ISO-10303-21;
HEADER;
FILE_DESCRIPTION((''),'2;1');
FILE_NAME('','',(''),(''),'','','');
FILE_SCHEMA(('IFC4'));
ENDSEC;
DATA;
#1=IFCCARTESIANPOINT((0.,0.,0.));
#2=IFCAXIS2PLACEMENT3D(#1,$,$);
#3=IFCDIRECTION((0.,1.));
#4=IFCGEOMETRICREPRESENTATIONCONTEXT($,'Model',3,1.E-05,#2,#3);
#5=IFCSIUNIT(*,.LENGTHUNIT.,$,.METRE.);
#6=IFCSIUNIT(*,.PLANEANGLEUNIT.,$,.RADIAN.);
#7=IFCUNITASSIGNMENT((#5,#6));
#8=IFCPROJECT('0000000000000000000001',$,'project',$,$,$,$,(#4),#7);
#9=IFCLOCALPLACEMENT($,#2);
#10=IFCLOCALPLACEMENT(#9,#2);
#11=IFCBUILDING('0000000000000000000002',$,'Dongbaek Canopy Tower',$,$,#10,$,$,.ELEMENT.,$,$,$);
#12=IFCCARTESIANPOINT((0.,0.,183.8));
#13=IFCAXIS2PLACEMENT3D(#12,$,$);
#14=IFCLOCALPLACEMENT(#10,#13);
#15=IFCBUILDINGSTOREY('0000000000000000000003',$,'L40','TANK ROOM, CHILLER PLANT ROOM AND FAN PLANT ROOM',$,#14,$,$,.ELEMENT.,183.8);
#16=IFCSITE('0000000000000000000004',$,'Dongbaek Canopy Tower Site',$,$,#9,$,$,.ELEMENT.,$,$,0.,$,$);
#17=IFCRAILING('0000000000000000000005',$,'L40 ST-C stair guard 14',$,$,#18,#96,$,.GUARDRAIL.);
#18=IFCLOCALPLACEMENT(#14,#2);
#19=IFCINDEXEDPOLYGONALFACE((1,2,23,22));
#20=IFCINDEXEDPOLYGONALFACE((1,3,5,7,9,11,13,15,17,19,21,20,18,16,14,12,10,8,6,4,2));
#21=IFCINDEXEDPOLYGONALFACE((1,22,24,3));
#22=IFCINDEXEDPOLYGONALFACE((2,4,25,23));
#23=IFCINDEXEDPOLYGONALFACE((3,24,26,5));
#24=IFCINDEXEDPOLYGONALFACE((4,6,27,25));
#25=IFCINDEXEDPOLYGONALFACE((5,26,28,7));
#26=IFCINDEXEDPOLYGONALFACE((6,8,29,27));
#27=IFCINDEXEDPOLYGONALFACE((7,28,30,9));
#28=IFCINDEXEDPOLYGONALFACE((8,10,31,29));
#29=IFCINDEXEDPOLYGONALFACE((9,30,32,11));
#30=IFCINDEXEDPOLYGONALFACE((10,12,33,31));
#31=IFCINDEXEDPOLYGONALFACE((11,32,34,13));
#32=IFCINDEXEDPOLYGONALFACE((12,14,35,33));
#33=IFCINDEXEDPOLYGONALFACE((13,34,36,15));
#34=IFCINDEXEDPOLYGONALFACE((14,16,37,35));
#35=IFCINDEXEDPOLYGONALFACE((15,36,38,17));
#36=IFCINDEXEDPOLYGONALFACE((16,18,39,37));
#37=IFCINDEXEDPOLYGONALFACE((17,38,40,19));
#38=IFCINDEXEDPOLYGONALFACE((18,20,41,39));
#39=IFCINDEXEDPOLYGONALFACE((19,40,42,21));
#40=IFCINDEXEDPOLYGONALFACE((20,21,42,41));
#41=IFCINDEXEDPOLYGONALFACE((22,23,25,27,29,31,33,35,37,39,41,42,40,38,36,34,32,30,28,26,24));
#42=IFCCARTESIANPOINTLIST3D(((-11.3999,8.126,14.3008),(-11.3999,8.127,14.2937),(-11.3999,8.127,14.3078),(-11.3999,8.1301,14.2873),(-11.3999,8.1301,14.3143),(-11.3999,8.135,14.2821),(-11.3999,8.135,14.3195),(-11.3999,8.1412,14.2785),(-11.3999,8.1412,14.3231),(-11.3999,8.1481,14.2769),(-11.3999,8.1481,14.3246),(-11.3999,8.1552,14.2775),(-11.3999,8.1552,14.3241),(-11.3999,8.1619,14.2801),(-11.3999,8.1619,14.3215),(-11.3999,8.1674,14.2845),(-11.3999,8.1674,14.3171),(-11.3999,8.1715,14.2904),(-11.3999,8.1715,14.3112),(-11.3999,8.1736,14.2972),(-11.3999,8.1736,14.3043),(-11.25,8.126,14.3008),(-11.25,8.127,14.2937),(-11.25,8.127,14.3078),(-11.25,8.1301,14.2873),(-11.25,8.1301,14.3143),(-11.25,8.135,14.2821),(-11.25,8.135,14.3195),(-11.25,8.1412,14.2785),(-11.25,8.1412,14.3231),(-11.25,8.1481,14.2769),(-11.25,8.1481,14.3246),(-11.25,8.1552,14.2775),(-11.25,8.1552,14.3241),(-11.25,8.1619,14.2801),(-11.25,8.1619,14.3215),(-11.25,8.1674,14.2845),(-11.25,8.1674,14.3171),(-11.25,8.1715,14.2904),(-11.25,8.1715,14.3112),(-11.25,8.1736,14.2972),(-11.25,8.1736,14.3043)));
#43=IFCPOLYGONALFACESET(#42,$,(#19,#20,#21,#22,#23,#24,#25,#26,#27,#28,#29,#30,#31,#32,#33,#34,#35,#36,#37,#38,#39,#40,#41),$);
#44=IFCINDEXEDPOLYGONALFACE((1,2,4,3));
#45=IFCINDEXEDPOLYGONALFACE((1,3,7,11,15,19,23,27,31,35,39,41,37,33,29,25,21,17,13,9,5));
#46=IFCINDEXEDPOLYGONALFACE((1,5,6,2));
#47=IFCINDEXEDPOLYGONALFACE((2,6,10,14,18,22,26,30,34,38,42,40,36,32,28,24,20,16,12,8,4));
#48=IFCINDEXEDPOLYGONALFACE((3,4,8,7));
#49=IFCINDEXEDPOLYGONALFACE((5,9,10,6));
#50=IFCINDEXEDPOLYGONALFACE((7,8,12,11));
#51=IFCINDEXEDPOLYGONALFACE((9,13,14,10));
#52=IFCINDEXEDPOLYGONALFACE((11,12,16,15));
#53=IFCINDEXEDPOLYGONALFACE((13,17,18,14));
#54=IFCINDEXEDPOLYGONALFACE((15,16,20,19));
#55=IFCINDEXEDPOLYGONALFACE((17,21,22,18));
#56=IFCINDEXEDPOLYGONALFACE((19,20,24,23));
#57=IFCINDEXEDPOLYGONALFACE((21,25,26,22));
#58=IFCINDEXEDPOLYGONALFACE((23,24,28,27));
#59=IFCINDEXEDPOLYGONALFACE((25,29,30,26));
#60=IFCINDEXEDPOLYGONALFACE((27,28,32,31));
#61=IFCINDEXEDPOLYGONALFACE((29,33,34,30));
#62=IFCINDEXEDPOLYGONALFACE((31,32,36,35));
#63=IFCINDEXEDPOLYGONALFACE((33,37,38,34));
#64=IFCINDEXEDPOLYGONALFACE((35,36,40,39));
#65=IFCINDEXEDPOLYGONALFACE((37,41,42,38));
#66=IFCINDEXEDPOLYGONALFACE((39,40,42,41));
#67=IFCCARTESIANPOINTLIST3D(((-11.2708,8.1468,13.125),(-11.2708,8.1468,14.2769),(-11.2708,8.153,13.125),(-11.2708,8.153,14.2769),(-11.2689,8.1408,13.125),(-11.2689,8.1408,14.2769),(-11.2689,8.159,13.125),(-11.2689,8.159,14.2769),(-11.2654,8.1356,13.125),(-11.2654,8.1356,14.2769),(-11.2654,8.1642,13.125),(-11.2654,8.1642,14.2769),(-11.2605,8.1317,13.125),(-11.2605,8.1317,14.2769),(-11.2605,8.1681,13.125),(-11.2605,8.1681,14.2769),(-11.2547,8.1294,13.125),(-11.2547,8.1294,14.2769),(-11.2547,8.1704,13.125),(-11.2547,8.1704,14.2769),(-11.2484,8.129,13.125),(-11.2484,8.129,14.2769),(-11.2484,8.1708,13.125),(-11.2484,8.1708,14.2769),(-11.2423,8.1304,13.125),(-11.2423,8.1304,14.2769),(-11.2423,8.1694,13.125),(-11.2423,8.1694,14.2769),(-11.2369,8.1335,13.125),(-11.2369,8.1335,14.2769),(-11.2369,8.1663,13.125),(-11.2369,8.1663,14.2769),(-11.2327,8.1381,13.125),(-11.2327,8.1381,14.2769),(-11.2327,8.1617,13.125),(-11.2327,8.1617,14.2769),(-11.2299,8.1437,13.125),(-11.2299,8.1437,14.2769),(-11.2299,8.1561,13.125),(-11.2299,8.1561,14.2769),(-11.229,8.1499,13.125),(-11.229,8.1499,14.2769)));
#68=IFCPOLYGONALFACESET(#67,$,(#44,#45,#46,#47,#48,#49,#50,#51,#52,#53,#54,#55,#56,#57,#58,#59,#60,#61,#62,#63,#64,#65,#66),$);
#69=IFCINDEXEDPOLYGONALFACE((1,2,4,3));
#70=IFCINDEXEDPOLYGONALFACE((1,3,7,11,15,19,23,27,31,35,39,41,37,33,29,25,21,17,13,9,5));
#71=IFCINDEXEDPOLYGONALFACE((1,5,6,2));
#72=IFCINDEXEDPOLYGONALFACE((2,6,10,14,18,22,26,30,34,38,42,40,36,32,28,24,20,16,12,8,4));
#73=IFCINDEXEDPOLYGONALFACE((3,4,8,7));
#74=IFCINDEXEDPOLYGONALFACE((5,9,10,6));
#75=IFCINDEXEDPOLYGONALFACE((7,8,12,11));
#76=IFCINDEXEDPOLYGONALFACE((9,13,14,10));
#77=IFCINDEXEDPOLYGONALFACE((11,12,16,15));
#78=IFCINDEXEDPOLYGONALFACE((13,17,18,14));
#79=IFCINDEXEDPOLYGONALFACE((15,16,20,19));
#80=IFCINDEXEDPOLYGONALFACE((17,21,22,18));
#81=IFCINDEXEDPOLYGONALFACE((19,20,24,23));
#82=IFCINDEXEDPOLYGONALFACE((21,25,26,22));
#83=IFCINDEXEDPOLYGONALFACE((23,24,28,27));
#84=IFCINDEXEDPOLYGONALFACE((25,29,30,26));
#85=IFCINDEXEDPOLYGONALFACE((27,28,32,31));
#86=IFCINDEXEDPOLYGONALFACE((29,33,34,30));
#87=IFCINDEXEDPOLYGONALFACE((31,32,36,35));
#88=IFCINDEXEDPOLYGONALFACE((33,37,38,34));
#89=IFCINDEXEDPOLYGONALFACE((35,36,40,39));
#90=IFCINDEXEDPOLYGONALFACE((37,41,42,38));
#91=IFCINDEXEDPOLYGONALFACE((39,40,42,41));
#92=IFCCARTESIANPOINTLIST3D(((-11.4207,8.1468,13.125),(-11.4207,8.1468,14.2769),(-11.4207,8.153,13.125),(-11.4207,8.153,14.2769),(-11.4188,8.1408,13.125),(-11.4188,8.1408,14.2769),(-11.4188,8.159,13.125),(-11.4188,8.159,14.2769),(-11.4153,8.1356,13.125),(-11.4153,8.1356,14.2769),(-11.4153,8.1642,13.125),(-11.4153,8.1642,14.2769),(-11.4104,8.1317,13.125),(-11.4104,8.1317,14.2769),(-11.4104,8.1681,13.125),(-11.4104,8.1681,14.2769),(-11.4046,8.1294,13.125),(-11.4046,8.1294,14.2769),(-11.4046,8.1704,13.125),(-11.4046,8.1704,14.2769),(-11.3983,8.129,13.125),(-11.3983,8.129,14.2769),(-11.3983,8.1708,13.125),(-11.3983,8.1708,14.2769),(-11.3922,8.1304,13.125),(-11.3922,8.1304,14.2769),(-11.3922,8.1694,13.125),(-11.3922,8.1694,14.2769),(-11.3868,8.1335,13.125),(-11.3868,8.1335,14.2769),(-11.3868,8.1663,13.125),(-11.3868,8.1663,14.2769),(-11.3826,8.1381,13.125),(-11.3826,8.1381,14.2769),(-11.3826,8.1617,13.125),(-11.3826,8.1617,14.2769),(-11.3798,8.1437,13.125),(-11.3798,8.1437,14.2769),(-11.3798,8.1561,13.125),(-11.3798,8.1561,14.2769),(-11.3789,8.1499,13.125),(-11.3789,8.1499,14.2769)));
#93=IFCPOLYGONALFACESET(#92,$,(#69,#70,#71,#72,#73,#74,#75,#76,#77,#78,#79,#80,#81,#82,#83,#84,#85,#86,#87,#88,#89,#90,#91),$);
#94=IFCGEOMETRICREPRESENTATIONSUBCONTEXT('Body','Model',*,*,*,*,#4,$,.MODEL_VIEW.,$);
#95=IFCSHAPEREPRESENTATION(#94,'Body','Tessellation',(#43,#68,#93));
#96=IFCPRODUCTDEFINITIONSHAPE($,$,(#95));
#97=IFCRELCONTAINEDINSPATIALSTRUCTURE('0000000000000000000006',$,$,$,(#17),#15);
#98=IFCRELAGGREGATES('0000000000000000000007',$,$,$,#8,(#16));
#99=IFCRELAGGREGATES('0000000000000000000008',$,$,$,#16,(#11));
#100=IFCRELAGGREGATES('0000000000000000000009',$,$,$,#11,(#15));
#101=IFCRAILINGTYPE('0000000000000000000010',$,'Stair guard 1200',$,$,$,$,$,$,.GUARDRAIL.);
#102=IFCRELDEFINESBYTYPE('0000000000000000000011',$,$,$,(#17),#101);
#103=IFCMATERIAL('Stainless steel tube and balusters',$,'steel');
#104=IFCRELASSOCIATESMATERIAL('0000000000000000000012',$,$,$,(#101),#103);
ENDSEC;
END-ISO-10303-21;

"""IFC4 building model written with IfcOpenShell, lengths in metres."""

from ifc_helpers import new_model, si_unit, direction, frame, origin, origin_2d, place, context, subcontext, project, spatial, circle, extrude, material, type_object, element, save


model = new_model("IFC4")

# Units and contexts
model_context = context("Model", 3, precision=1e-05, world=origin(), true_north=direction((0.0, 1.0)))
body_context = subcontext(model_context, "Body", "Model", "MODEL_VIEW")
ifc_project = project(units=[si_unit("LENGTHUNIT", "METRE"), si_unit("PLANEANGLEUNIT", "RADIAN")], contexts=[model_context])

# Site, building, storey
site_placement = place(None, origin())
site = spatial("IfcSite", under=ifc_project, at=site_placement, Name="Dongbaek Canopy Tower Site", CompositionType="ELEMENT", RefElevation=0.0)
building_placement = place(site_placement, origin())
building = spatial("IfcBuilding", under=site, at=building_placement, Name="Dongbaek Canopy Tower", CompositionType="ELEMENT")
storey_placement = place(building_placement, frame((0.0, 0.0, 183.8)))
storey = spatial("IfcBuildingStorey", under=building, at=storey_placement, Name="L40", Description="TANK ROOM, CHILLER PLANT ROOM AND FAN PLANT ROOM", CompositionType="ELEMENT", Elevation=183.8)

# Railing
ifc_material_1 = material(Name="Stainless steel tube and balusters", Category="steel")
railing_type_1 = type_object("IfcRailingType", Name="Stair guard 1200", PredefinedType="GUARDRAIL", material=ifc_material_1)
railing_1_placement = place(storey_placement, frame((-11.25, 8.1499, 13.125)))
element("IfcRailing", 1, at=railing_1_placement, inside=storey, type_object=railing_type_1, Name="L40 ST-C stair guard 14", PredefinedType="GUARDRAIL", context=body_context, shape_type="SweptSolid", body=[
    extrude(circle(Radius=0.0239, at=origin_2d()), frame((0.0, 0.0, 1.1758), z_axis=(-1.0, 0.0, 0.0), x_axis=(0.0, -1.0, 0.0)), (0.0, 0.0, 1.0), 0.1499),
    extrude(circle(Radius=0.021, at=origin_2d()), origin(), (0.0, 0.0, 1.0), 1.1519),
    extrude(circle(Radius=0.021, at=origin_2d()), frame((-0.1499, 0.0, 0.0)), (0.0, 0.0, 1.0), 1.1519),
])

save(model, "model.ifc")
